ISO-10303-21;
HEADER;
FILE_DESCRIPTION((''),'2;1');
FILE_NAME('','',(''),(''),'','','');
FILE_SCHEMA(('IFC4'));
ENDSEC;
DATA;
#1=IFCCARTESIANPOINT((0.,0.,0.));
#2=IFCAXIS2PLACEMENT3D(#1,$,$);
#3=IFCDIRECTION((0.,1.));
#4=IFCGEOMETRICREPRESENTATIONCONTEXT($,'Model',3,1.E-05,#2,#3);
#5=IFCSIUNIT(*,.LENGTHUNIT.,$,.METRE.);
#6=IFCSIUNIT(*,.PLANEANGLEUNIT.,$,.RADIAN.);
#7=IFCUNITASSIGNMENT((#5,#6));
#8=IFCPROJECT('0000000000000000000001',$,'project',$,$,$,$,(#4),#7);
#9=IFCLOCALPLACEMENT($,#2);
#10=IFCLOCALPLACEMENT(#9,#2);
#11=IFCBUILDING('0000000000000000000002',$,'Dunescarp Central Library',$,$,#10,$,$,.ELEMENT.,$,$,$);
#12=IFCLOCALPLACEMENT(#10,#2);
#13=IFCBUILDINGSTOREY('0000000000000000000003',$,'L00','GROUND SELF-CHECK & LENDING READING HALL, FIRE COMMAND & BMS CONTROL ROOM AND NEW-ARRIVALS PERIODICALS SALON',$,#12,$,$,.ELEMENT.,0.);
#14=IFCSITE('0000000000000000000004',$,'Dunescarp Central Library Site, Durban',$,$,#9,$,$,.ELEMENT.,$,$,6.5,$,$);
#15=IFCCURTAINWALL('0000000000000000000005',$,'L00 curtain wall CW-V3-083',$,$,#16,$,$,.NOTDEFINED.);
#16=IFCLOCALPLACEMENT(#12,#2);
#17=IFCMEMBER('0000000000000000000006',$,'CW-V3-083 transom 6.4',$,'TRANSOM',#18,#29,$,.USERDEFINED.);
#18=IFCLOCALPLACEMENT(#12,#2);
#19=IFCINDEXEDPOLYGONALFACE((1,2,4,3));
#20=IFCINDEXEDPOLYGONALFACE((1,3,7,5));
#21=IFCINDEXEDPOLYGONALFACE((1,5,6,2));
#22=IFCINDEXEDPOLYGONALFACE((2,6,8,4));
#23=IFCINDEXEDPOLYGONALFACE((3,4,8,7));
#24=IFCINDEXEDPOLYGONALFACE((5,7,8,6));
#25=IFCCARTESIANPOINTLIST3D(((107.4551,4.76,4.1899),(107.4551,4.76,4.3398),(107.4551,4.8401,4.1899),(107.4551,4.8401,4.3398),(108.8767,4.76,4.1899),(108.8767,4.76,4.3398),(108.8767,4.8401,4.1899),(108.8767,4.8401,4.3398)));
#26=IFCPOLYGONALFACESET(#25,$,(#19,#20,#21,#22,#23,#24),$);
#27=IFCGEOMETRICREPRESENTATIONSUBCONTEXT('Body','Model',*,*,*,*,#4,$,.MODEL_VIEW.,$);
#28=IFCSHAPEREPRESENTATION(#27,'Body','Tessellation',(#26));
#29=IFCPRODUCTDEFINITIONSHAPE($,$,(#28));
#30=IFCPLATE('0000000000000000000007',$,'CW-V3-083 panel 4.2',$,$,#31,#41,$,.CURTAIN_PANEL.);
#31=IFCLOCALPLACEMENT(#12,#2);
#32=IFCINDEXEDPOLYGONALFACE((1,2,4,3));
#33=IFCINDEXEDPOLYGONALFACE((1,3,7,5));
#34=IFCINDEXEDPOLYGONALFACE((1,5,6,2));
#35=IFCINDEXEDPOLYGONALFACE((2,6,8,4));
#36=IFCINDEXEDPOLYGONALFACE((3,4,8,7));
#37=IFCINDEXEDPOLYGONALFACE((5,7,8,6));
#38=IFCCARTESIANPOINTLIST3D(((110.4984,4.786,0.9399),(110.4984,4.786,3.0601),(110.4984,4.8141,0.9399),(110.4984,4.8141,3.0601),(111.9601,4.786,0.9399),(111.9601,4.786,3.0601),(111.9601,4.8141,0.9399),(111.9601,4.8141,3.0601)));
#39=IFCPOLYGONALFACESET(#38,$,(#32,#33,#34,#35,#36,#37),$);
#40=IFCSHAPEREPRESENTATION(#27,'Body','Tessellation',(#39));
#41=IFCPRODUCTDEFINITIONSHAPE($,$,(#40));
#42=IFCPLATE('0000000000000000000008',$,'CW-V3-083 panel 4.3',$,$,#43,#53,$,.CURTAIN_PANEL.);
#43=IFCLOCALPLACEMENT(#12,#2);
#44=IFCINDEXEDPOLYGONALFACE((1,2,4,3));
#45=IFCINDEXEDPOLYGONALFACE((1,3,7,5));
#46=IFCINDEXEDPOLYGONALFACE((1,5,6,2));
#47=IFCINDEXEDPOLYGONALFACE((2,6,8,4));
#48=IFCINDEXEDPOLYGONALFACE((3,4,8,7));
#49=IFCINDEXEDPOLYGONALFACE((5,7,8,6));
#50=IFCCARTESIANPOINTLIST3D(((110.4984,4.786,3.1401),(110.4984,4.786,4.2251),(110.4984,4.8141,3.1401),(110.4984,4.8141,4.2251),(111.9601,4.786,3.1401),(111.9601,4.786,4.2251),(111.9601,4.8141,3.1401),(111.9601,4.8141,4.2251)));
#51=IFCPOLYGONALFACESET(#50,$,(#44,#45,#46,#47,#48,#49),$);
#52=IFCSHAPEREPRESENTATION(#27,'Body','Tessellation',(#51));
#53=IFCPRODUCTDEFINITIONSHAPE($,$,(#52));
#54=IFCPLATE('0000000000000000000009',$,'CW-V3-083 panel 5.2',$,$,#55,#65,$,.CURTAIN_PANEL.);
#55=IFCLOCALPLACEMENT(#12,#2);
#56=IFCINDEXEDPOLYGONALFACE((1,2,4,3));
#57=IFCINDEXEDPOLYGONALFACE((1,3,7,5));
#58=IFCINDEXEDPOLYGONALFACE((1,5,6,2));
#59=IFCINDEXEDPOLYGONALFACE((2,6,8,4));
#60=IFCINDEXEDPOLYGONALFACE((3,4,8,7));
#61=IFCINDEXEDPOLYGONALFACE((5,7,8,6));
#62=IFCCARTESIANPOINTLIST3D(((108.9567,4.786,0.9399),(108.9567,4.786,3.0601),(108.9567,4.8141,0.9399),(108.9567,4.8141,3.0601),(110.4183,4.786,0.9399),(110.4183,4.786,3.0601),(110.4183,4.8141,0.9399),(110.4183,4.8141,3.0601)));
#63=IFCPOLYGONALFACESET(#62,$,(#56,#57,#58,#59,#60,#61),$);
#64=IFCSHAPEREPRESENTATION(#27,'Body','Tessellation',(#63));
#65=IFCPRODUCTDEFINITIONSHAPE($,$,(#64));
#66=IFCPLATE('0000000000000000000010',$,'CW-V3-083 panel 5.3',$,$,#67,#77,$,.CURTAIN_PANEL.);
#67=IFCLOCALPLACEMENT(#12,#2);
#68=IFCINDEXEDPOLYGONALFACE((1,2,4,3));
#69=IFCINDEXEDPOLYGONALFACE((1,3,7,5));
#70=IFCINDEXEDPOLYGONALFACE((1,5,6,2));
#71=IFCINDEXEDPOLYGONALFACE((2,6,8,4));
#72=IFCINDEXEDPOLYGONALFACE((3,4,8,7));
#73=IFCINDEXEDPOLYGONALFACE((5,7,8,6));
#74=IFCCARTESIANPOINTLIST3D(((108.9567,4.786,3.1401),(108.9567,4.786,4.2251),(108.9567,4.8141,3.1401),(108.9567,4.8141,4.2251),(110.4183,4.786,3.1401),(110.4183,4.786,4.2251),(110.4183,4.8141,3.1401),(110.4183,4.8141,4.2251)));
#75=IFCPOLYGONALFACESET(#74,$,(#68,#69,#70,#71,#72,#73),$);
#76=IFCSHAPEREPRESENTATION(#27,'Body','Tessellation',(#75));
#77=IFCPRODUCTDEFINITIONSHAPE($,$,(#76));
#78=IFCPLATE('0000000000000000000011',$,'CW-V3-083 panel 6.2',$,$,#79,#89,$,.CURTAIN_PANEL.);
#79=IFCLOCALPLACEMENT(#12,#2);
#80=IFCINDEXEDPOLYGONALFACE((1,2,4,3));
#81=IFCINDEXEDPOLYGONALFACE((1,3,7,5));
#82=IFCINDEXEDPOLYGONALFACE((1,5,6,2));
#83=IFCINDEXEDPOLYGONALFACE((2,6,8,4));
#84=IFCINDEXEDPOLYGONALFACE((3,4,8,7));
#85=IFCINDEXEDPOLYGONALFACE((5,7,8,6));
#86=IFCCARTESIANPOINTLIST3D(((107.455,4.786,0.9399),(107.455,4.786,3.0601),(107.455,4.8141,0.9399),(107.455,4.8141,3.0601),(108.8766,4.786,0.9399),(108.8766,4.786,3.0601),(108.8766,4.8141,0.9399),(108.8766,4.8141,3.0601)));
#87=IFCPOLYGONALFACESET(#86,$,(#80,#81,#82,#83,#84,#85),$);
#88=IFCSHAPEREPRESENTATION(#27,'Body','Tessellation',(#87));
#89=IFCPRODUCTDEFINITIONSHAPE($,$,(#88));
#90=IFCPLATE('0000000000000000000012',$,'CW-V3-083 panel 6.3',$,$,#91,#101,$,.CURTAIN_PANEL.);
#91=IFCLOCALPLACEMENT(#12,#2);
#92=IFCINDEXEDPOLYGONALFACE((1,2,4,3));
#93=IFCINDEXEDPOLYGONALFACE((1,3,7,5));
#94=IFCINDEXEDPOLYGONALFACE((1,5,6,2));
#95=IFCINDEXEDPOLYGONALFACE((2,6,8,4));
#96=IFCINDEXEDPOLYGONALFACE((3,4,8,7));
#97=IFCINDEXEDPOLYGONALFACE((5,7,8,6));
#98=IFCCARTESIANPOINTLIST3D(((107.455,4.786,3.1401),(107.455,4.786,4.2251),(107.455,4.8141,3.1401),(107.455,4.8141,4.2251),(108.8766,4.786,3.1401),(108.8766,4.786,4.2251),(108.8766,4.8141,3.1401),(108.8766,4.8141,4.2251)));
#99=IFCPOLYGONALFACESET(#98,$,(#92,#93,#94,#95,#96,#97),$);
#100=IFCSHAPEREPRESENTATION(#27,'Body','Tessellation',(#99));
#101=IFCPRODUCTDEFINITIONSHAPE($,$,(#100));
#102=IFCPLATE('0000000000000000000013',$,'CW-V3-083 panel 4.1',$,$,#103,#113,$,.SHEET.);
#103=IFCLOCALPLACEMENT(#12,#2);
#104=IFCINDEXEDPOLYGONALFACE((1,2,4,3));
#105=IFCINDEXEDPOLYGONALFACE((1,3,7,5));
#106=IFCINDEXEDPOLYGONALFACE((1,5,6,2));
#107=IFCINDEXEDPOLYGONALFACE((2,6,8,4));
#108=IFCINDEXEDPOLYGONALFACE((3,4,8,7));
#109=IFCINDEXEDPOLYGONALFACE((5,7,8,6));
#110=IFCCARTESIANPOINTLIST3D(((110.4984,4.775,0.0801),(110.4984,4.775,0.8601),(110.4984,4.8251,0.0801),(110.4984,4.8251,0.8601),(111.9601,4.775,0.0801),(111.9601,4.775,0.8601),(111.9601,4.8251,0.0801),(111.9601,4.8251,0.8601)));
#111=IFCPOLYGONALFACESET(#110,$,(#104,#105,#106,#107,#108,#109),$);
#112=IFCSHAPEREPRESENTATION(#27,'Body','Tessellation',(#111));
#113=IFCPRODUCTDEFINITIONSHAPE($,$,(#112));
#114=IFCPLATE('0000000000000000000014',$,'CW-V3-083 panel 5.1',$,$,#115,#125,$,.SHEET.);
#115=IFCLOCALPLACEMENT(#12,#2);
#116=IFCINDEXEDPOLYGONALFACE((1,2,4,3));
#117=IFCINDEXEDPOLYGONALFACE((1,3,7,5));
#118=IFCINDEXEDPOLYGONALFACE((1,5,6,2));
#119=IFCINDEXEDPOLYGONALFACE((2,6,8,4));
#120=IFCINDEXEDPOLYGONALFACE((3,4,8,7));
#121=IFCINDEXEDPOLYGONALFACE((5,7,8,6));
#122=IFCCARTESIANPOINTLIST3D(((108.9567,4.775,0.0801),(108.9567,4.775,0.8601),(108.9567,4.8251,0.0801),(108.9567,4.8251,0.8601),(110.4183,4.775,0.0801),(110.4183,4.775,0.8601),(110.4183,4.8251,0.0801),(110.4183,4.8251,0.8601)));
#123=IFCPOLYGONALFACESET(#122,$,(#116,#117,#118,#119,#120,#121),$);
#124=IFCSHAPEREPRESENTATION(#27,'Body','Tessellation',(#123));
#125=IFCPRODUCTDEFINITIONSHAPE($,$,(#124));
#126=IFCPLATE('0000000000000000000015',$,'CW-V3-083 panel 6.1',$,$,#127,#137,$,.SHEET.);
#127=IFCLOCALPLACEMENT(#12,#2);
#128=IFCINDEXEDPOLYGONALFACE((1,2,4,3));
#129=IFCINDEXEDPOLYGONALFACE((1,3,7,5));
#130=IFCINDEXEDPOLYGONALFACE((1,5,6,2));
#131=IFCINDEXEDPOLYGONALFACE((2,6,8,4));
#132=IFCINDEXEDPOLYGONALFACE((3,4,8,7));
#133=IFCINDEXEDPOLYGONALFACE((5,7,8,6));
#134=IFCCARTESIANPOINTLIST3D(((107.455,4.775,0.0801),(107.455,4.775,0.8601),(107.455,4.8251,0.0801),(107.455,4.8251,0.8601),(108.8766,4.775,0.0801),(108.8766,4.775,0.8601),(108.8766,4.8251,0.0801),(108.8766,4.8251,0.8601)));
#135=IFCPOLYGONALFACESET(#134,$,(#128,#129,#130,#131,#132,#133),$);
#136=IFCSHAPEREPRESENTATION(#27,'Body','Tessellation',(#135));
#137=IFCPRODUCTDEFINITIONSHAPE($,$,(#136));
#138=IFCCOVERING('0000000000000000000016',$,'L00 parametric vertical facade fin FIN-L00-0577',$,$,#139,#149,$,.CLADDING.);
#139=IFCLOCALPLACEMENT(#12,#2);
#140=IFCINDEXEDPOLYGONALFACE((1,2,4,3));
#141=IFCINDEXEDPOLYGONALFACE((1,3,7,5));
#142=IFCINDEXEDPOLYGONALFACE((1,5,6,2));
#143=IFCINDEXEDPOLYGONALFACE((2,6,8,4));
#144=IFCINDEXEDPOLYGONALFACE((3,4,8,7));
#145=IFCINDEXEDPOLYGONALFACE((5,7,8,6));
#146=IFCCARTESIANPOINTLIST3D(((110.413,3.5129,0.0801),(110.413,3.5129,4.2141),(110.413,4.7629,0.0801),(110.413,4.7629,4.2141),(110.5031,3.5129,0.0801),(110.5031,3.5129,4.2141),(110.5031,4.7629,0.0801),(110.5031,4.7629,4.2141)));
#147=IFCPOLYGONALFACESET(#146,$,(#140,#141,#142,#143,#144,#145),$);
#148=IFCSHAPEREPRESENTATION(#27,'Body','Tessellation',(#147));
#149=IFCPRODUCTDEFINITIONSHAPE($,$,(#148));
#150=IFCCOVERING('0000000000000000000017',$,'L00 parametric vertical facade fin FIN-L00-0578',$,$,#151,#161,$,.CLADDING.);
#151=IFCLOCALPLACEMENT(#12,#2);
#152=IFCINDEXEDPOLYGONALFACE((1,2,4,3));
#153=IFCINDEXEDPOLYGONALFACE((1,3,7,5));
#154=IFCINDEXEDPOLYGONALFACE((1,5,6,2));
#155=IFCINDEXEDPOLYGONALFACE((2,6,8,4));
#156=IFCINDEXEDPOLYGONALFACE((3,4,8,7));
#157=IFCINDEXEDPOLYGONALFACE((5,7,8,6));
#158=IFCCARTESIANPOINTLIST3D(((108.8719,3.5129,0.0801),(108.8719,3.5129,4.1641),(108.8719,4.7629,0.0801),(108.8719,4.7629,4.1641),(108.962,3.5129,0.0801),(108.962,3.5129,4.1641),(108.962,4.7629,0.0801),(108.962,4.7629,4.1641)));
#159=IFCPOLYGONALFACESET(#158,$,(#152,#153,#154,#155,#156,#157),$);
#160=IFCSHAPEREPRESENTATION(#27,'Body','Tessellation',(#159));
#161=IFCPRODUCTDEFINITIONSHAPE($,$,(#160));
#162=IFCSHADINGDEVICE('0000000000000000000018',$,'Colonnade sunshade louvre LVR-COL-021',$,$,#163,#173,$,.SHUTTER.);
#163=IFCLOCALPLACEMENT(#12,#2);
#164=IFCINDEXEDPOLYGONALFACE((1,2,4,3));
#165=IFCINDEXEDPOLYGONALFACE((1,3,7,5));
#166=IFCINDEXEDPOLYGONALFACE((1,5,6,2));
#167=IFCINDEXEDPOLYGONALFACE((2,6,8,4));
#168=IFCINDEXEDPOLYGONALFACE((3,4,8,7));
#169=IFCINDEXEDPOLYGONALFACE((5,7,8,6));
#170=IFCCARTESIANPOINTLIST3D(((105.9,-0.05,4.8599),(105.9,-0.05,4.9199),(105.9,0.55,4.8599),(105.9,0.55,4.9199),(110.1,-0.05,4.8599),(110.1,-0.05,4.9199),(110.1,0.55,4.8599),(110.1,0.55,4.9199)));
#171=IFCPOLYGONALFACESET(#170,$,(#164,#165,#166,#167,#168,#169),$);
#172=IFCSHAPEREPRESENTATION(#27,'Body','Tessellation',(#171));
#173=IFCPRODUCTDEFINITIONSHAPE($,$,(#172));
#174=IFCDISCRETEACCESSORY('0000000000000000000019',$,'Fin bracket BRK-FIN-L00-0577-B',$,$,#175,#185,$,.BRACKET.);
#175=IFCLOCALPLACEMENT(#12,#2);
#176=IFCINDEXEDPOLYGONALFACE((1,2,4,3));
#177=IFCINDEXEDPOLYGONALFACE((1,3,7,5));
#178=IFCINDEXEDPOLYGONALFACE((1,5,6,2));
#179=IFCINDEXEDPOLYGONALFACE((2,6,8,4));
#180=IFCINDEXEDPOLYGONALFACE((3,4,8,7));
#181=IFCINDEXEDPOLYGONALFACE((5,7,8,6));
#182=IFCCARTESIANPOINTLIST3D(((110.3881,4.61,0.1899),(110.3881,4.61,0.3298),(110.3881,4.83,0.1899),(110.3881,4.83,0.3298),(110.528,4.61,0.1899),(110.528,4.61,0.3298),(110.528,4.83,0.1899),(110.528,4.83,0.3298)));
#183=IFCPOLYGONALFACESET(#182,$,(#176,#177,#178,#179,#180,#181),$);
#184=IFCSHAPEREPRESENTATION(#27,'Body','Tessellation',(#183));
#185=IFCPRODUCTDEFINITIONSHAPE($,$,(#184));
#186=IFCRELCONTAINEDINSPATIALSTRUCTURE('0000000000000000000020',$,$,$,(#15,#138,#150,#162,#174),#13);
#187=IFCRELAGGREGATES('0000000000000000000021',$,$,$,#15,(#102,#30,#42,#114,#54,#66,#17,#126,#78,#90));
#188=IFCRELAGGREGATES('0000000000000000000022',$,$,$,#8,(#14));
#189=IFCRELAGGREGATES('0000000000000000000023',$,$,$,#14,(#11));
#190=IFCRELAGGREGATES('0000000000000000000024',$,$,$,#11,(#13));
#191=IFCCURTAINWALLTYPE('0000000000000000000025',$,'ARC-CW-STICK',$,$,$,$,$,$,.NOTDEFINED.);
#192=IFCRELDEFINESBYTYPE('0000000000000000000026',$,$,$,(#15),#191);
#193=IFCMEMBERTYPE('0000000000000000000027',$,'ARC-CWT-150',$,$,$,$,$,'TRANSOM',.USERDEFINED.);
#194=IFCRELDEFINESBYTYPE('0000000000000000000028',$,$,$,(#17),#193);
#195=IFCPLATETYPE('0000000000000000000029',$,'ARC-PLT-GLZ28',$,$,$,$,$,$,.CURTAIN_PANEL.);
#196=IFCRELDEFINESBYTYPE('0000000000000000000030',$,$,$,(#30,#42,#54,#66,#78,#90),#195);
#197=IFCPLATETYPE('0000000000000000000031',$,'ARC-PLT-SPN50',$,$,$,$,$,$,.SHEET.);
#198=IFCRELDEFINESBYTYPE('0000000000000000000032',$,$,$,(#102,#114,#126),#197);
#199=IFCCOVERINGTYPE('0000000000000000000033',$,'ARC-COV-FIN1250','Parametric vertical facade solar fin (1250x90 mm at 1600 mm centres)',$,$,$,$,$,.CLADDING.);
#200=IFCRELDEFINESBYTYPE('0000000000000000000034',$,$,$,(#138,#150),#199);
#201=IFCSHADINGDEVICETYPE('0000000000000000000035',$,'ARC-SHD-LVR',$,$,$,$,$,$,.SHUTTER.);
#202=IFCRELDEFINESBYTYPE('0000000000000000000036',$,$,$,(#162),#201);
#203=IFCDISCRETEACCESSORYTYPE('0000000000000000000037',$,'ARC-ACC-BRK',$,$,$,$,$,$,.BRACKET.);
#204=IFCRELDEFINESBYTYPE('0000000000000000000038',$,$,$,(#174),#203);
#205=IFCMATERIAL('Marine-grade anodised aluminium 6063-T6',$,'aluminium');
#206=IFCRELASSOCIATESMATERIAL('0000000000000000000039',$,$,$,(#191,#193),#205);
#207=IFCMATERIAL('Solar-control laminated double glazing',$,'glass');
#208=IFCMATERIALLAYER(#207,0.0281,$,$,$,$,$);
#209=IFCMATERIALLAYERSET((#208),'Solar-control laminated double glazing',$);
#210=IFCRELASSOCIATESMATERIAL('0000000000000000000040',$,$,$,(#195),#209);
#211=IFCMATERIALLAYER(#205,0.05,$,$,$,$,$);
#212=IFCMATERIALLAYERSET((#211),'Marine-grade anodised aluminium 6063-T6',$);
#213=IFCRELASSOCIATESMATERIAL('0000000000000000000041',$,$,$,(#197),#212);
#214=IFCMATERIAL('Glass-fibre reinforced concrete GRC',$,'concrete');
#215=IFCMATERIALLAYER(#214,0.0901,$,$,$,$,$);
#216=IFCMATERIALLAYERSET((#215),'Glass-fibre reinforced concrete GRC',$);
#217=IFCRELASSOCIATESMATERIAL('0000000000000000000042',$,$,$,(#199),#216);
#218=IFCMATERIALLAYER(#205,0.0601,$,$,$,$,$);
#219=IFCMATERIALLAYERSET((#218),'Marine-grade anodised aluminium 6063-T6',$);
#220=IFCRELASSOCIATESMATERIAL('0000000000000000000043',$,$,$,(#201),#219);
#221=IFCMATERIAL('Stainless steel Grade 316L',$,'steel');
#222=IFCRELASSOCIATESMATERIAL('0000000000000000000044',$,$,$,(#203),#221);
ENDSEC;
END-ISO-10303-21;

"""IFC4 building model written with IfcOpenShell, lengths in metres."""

from ifc_helpers import new_model, si_unit, direction, frame, origin, origin_2d, place, context, subcontext, project, spatial, rectangle, extrude, material, layer, layer_set, material_profile, profile_set, type_object, element, aggregate, save


model = new_model("IFC4")

# Units and contexts
model_context = context("Model", 3, precision=1e-05, world=origin(), true_north=direction((0.0, 1.0)))
body_context = subcontext(model_context, "Body", "Model", "MODEL_VIEW")
ifc_project = project(units=[si_unit("LENGTHUNIT", "METRE"), si_unit("PLANEANGLEUNIT", "RADIAN")], contexts=[model_context])

# Site, building, storey
site_placement = place(None, origin())
site = spatial("IfcSite", under=ifc_project, at=site_placement, Name="Dunescarp Central Library Site, Durban", CompositionType="ELEMENT", RefElevation=6.5)
building_placement = place(site_placement, origin())
building = spatial("IfcBuilding", under=site, at=building_placement, Name="Dunescarp Central Library", CompositionType="ELEMENT")
storey_placement = place(building_placement, origin())
storey = spatial("IfcBuildingStorey", under=building, at=storey_placement, Name="L00", Description="GROUND SELF-CHECK & LENDING READING HALL, FIRE COMMAND & BMS CONTROL ROOM AND NEW-ARRIVALS PERIODICALS SALON", CompositionType="ELEMENT", Elevation=0.0)

# Curtain wall, member, plates
ifc_material_1 = material(Name="Marine-grade anodised aluminium 6063-T6", Category="aluminium")
curtain_wall_type = type_object("IfcCurtainWallType", Name="ARC-CW-STICK", PredefinedType="NOTDEFINED", material=ifc_material_1)
curtain_wall_placement = place(storey_placement, origin())
curtain_wall = element("IfcCurtainWall", 1, at=curtain_wall_placement, inside=storey, type_object=curtain_wall_type, Name="L00 curtain wall CW-V3-083", PredefinedType="NOTDEFINED")
ifc_material_profile_1 = material_profile(ifc_material_1, rectangle(XDim=0.0801, YDim=0.1499, at=origin_2d()), Name="AL 80x150")
ifc_profile_set_1 = profile_set([ifc_material_profile_1], Name="Marine-grade anodised aluminium 6063-T6")
member_type_1 = type_object("IfcMemberType", Name="ARC-CWT-150", ElementType="TRANSOM", PredefinedType="USERDEFINED", material=ifc_profile_set_1)
member_1_placement = place(storey_placement, frame((108.8767, 4.8, 4.2649), z_axis=(-1.0, 0.0, 0.0), x_axis=(0.0, -1.0, 0.0)))
member_1 = element("IfcMember", 2, at=member_1_placement, type_object=member_type_1, Name="CW-V3-083 transom 6.4", ObjectType="TRANSOM", PredefinedType="USERDEFINED", context=body_context, shape_type="SweptSolid", body=[
    extrude(rectangle(XDim=0.0801, YDim=0.1499, at=origin_2d()), origin(), (0.0, 0.0, 1.0), 1.4216),
])
ifc_material_2 = material(Name="Solar-control laminated double glazing", Category="glass")
ifc_layer_1 = layer(ifc_material_2, 0.0281)
ifc_layer_set_1 = layer_set([ifc_layer_1], Name="Solar-control laminated double glazing")
plate_type_1 = type_object("IfcPlateType", Name="ARC-PLT-GLZ28", PredefinedType="CURTAIN_PANEL", material=ifc_layer_set_1)
plate_1_placement = place(storey_placement, frame((111.2292, 4.8, 0.9399), z_axis=(0.0, 0.0, 1.0), x_axis=(-1.0, 0.0, 0.0)))
plate_1 = element("IfcPlate", 3, at=plate_1_placement, type_object=plate_type_1, Name="CW-V3-083 panel 4.2", PredefinedType="CURTAIN_PANEL", context=body_context, shape_type="SweptSolid", body=[
    extrude(rectangle(XDim=1.4617, YDim=0.0281, at=origin_2d()), origin(), (0.0, 0.0, 1.0), 2.1201),
])
plate_2_placement = place(storey_placement, frame((111.2292, 4.8, 3.1401), z_axis=(0.0, 0.0, 1.0), x_axis=(-1.0, 0.0, 0.0)))
plate_2 = element("IfcPlate", 4, at=plate_2_placement, type_object=plate_type_1, Name="CW-V3-083 panel 4.3", PredefinedType="CURTAIN_PANEL", context=body_context, shape_type="SweptSolid", body=[
    extrude(rectangle(XDim=1.4617, YDim=0.0281, at=origin_2d()), origin(), (0.0, 0.0, 1.0), 1.085),
])
plate_3_placement = place(storey_placement, frame((109.6875, 4.8, 0.9399), z_axis=(0.0, 0.0, 1.0), x_axis=(-1.0, 0.0, 0.0)))
plate_3 = element("IfcPlate", 5, at=plate_3_placement, type_object=plate_type_1, Name="CW-V3-083 panel 5.2", PredefinedType="CURTAIN_PANEL", context=body_context, shape_type="SweptSolid", body=[
    extrude(rectangle(XDim=1.4617, YDim=0.0281, at=origin_2d()), origin(), (0.0, 0.0, 1.0), 2.1201),
])
plate_4_placement = place(storey_placement, frame((109.6875, 4.8, 3.1401), z_axis=(0.0, 0.0, 1.0), x_axis=(-1.0, 0.0, 0.0)))
plate_4 = element("IfcPlate", 6, at=plate_4_placement, type_object=plate_type_1, Name="CW-V3-083 panel 5.3", PredefinedType="CURTAIN_PANEL", context=body_context, shape_type="SweptSolid", body=[
    extrude(rectangle(XDim=1.4617, YDim=0.0281, at=origin_2d()), origin(), (0.0, 0.0, 1.0), 1.085),
])
plate_5_placement = place(storey_placement, frame((108.1658, 4.8, 0.9399), z_axis=(0.0, 0.0, 1.0), x_axis=(-1.0, 0.0, 0.0)))
plate_5 = element("IfcPlate", 7, at=plate_5_placement, type_object=plate_type_1, Name="CW-V3-083 panel 6.2", PredefinedType="CURTAIN_PANEL", context=body_context, shape_type="SweptSolid", body=[
    extrude(rectangle(XDim=1.4216, YDim=0.0281, at=origin_2d()), origin(), (0.0, 0.0, 1.0), 2.1201),
])
plate_6_placement = place(storey_placement, frame((108.1658, 4.8, 3.1401), z_axis=(0.0, 0.0, 1.0), x_axis=(-1.0, 0.0, 0.0)))
plate_6 = element("IfcPlate", 8, at=plate_6_placement, type_object=plate_type_1, Name="CW-V3-083 panel 6.3", PredefinedType="CURTAIN_PANEL", context=body_context, shape_type="SweptSolid", body=[
    extrude(rectangle(XDim=1.4216, YDim=0.0281, at=origin_2d()), origin(), (0.0, 0.0, 1.0), 1.085),
])
ifc_layer_2 = layer(ifc_material_1, 0.05)
ifc_layer_set_2 = layer_set([ifc_layer_2], Name="Marine-grade anodised aluminium 6063-T6")
plate_type_2 = type_object("IfcPlateType", Name="ARC-PLT-SPN50", PredefinedType="SHEET", material=ifc_layer_set_2)
plate_7_placement = place(storey_placement, frame((111.2292, 4.8, 0.0801), z_axis=(0.0, 0.0, 1.0), x_axis=(-1.0, 0.0, 0.0)))
plate_7 = element("IfcPlate", 9, at=plate_7_placement, type_object=plate_type_2, Name="CW-V3-083 panel 4.1", PredefinedType="SHEET", context=body_context, shape_type="SweptSolid", body=[
    extrude(rectangle(XDim=1.4617, YDim=0.05, at=origin_2d()), origin(), (0.0, 0.0, 1.0), 0.78),
])
plate_8_placement = place(storey_placement, frame((109.6875, 4.8, 0.0801), z_axis=(0.0, 0.0, 1.0), x_axis=(-1.0, 0.0, 0.0)))
plate_8 = element("IfcPlate", 10, at=plate_8_placement, type_object=plate_type_2, Name="CW-V3-083 panel 5.1", PredefinedType="SHEET", context=body_context, shape_type="SweptSolid", body=[
    extrude(rectangle(XDim=1.4617, YDim=0.05, at=origin_2d()), origin(), (0.0, 0.0, 1.0), 0.78),
])
plate_9_placement = place(storey_placement, frame((108.1658, 4.8, 0.0801), z_axis=(0.0, 0.0, 1.0), x_axis=(-1.0, 0.0, 0.0)))
plate_9 = element("IfcPlate", 11, at=plate_9_placement, type_object=plate_type_2, Name="CW-V3-083 panel 6.1", PredefinedType="SHEET", context=body_context, shape_type="SweptSolid", body=[
    extrude(rectangle(XDim=1.4216, YDim=0.05, at=origin_2d()), origin(), (0.0, 0.0, 1.0), 0.78),
])
aggregate(curtain_wall, [plate_7, plate_1, plate_2, plate_8, plate_3, plate_4, member_1, plate_9, plate_5, plate_6])

# Coverings
ifc_material_3 = material(Name="Glass-fibre reinforced concrete GRC", Category="concrete")
ifc_layer_3 = layer(ifc_material_3, 0.0901)
ifc_layer_set_3 = layer_set([ifc_layer_3], Name="Glass-fibre reinforced concrete GRC")
covering_type = type_object("IfcCoveringType", Name="ARC-COV-FIN1250", Description="Parametric vertical facade solar fin (1250x90 mm at 1600 mm centres)", PredefinedType="CLADDING", material=ifc_layer_set_3)
covering_1_placement = place(storey_placement, frame((110.458, 4.1379, 0.0801), z_axis=(0.0, 0.0, 1.0), x_axis=(0.0, -1.0, 0.0)))
element("IfcCovering", 12, at=covering_1_placement, inside=storey, type_object=covering_type, Name="L00 parametric vertical facade fin FIN-L00-0577", PredefinedType="CLADDING", context=body_context, shape_type="SweptSolid", body=[
    extrude(rectangle(XDim=1.25, YDim=0.0901, at=origin_2d()), origin(), (0.0, 0.0, 1.0), 4.134),
])
covering_2_placement = place(storey_placement, frame((108.917, 4.1379, 0.0801), z_axis=(0.0, 0.0, 1.0), x_axis=(0.0, -1.0, 0.0)))
element("IfcCovering", 13, at=covering_2_placement, inside=storey, type_object=covering_type, Name="L00 parametric vertical facade fin FIN-L00-0578", PredefinedType="CLADDING", context=body_context, shape_type="SweptSolid", body=[
    extrude(rectangle(XDim=1.25, YDim=0.0901, at=origin_2d()), origin(), (0.0, 0.0, 1.0), 4.084),
])

# Shading device
ifc_layer_4 = layer(ifc_material_1, 0.0601)
ifc_layer_set_4 = layer_set([ifc_layer_4], Name="Marine-grade anodised aluminium 6063-T6")
shading_device_type = type_object("IfcShadingDeviceType", Name="ARC-SHD-LVR", PredefinedType="SHUTTER", material=ifc_layer_set_4)
shading_device_placement = place(storey_placement, frame((108.0, 0.25, 4.8599), z_axis=(0.0, 0.0, 1.0), x_axis=(1.0, 0.0, 0.0)))
element("IfcShadingDevice", 14, at=shading_device_placement, inside=storey, type_object=shading_device_type, Name="Colonnade sunshade louvre LVR-COL-021", PredefinedType="SHUTTER", context=body_context, shape_type="SweptSolid", body=[
    extrude(rectangle(XDim=4.2, YDim=0.6001, at=origin_2d()), origin(), (0.0, 0.0, 1.0), 0.0601),
])

# Discrete accessory
ifc_material_4 = material(Name="Stainless steel Grade 316L", Category="steel")
discrete_accessory_type = type_object("IfcDiscreteAccessoryType", Name="ARC-ACC-BRK", PredefinedType="BRACKET", material=ifc_material_4)
for number, where, z_axis, x_axis, name in (
    (15, (110.458, 4.72, 0.1899), (0.0, 0.0, 1.0), (0.0, -1.0, 0.0), "Fin bracket BRK-FIN-L00-0577-B"),
):
    element("IfcDiscreteAccessory", number, at=place(storey_placement, frame(where, z_axis=z_axis, x_axis=x_axis)), inside=storey, type_object=discrete_accessory_type, Name=name, PredefinedType="BRACKET", context=body_context, shape_type="SweptSolid", body=[
        extrude(rectangle(XDim=0.22, YDim=0.1399, at=origin_2d()), origin(), (0.0, 0.0, 1.0), 0.1399),
    ])

save(model, "model.ifc")
